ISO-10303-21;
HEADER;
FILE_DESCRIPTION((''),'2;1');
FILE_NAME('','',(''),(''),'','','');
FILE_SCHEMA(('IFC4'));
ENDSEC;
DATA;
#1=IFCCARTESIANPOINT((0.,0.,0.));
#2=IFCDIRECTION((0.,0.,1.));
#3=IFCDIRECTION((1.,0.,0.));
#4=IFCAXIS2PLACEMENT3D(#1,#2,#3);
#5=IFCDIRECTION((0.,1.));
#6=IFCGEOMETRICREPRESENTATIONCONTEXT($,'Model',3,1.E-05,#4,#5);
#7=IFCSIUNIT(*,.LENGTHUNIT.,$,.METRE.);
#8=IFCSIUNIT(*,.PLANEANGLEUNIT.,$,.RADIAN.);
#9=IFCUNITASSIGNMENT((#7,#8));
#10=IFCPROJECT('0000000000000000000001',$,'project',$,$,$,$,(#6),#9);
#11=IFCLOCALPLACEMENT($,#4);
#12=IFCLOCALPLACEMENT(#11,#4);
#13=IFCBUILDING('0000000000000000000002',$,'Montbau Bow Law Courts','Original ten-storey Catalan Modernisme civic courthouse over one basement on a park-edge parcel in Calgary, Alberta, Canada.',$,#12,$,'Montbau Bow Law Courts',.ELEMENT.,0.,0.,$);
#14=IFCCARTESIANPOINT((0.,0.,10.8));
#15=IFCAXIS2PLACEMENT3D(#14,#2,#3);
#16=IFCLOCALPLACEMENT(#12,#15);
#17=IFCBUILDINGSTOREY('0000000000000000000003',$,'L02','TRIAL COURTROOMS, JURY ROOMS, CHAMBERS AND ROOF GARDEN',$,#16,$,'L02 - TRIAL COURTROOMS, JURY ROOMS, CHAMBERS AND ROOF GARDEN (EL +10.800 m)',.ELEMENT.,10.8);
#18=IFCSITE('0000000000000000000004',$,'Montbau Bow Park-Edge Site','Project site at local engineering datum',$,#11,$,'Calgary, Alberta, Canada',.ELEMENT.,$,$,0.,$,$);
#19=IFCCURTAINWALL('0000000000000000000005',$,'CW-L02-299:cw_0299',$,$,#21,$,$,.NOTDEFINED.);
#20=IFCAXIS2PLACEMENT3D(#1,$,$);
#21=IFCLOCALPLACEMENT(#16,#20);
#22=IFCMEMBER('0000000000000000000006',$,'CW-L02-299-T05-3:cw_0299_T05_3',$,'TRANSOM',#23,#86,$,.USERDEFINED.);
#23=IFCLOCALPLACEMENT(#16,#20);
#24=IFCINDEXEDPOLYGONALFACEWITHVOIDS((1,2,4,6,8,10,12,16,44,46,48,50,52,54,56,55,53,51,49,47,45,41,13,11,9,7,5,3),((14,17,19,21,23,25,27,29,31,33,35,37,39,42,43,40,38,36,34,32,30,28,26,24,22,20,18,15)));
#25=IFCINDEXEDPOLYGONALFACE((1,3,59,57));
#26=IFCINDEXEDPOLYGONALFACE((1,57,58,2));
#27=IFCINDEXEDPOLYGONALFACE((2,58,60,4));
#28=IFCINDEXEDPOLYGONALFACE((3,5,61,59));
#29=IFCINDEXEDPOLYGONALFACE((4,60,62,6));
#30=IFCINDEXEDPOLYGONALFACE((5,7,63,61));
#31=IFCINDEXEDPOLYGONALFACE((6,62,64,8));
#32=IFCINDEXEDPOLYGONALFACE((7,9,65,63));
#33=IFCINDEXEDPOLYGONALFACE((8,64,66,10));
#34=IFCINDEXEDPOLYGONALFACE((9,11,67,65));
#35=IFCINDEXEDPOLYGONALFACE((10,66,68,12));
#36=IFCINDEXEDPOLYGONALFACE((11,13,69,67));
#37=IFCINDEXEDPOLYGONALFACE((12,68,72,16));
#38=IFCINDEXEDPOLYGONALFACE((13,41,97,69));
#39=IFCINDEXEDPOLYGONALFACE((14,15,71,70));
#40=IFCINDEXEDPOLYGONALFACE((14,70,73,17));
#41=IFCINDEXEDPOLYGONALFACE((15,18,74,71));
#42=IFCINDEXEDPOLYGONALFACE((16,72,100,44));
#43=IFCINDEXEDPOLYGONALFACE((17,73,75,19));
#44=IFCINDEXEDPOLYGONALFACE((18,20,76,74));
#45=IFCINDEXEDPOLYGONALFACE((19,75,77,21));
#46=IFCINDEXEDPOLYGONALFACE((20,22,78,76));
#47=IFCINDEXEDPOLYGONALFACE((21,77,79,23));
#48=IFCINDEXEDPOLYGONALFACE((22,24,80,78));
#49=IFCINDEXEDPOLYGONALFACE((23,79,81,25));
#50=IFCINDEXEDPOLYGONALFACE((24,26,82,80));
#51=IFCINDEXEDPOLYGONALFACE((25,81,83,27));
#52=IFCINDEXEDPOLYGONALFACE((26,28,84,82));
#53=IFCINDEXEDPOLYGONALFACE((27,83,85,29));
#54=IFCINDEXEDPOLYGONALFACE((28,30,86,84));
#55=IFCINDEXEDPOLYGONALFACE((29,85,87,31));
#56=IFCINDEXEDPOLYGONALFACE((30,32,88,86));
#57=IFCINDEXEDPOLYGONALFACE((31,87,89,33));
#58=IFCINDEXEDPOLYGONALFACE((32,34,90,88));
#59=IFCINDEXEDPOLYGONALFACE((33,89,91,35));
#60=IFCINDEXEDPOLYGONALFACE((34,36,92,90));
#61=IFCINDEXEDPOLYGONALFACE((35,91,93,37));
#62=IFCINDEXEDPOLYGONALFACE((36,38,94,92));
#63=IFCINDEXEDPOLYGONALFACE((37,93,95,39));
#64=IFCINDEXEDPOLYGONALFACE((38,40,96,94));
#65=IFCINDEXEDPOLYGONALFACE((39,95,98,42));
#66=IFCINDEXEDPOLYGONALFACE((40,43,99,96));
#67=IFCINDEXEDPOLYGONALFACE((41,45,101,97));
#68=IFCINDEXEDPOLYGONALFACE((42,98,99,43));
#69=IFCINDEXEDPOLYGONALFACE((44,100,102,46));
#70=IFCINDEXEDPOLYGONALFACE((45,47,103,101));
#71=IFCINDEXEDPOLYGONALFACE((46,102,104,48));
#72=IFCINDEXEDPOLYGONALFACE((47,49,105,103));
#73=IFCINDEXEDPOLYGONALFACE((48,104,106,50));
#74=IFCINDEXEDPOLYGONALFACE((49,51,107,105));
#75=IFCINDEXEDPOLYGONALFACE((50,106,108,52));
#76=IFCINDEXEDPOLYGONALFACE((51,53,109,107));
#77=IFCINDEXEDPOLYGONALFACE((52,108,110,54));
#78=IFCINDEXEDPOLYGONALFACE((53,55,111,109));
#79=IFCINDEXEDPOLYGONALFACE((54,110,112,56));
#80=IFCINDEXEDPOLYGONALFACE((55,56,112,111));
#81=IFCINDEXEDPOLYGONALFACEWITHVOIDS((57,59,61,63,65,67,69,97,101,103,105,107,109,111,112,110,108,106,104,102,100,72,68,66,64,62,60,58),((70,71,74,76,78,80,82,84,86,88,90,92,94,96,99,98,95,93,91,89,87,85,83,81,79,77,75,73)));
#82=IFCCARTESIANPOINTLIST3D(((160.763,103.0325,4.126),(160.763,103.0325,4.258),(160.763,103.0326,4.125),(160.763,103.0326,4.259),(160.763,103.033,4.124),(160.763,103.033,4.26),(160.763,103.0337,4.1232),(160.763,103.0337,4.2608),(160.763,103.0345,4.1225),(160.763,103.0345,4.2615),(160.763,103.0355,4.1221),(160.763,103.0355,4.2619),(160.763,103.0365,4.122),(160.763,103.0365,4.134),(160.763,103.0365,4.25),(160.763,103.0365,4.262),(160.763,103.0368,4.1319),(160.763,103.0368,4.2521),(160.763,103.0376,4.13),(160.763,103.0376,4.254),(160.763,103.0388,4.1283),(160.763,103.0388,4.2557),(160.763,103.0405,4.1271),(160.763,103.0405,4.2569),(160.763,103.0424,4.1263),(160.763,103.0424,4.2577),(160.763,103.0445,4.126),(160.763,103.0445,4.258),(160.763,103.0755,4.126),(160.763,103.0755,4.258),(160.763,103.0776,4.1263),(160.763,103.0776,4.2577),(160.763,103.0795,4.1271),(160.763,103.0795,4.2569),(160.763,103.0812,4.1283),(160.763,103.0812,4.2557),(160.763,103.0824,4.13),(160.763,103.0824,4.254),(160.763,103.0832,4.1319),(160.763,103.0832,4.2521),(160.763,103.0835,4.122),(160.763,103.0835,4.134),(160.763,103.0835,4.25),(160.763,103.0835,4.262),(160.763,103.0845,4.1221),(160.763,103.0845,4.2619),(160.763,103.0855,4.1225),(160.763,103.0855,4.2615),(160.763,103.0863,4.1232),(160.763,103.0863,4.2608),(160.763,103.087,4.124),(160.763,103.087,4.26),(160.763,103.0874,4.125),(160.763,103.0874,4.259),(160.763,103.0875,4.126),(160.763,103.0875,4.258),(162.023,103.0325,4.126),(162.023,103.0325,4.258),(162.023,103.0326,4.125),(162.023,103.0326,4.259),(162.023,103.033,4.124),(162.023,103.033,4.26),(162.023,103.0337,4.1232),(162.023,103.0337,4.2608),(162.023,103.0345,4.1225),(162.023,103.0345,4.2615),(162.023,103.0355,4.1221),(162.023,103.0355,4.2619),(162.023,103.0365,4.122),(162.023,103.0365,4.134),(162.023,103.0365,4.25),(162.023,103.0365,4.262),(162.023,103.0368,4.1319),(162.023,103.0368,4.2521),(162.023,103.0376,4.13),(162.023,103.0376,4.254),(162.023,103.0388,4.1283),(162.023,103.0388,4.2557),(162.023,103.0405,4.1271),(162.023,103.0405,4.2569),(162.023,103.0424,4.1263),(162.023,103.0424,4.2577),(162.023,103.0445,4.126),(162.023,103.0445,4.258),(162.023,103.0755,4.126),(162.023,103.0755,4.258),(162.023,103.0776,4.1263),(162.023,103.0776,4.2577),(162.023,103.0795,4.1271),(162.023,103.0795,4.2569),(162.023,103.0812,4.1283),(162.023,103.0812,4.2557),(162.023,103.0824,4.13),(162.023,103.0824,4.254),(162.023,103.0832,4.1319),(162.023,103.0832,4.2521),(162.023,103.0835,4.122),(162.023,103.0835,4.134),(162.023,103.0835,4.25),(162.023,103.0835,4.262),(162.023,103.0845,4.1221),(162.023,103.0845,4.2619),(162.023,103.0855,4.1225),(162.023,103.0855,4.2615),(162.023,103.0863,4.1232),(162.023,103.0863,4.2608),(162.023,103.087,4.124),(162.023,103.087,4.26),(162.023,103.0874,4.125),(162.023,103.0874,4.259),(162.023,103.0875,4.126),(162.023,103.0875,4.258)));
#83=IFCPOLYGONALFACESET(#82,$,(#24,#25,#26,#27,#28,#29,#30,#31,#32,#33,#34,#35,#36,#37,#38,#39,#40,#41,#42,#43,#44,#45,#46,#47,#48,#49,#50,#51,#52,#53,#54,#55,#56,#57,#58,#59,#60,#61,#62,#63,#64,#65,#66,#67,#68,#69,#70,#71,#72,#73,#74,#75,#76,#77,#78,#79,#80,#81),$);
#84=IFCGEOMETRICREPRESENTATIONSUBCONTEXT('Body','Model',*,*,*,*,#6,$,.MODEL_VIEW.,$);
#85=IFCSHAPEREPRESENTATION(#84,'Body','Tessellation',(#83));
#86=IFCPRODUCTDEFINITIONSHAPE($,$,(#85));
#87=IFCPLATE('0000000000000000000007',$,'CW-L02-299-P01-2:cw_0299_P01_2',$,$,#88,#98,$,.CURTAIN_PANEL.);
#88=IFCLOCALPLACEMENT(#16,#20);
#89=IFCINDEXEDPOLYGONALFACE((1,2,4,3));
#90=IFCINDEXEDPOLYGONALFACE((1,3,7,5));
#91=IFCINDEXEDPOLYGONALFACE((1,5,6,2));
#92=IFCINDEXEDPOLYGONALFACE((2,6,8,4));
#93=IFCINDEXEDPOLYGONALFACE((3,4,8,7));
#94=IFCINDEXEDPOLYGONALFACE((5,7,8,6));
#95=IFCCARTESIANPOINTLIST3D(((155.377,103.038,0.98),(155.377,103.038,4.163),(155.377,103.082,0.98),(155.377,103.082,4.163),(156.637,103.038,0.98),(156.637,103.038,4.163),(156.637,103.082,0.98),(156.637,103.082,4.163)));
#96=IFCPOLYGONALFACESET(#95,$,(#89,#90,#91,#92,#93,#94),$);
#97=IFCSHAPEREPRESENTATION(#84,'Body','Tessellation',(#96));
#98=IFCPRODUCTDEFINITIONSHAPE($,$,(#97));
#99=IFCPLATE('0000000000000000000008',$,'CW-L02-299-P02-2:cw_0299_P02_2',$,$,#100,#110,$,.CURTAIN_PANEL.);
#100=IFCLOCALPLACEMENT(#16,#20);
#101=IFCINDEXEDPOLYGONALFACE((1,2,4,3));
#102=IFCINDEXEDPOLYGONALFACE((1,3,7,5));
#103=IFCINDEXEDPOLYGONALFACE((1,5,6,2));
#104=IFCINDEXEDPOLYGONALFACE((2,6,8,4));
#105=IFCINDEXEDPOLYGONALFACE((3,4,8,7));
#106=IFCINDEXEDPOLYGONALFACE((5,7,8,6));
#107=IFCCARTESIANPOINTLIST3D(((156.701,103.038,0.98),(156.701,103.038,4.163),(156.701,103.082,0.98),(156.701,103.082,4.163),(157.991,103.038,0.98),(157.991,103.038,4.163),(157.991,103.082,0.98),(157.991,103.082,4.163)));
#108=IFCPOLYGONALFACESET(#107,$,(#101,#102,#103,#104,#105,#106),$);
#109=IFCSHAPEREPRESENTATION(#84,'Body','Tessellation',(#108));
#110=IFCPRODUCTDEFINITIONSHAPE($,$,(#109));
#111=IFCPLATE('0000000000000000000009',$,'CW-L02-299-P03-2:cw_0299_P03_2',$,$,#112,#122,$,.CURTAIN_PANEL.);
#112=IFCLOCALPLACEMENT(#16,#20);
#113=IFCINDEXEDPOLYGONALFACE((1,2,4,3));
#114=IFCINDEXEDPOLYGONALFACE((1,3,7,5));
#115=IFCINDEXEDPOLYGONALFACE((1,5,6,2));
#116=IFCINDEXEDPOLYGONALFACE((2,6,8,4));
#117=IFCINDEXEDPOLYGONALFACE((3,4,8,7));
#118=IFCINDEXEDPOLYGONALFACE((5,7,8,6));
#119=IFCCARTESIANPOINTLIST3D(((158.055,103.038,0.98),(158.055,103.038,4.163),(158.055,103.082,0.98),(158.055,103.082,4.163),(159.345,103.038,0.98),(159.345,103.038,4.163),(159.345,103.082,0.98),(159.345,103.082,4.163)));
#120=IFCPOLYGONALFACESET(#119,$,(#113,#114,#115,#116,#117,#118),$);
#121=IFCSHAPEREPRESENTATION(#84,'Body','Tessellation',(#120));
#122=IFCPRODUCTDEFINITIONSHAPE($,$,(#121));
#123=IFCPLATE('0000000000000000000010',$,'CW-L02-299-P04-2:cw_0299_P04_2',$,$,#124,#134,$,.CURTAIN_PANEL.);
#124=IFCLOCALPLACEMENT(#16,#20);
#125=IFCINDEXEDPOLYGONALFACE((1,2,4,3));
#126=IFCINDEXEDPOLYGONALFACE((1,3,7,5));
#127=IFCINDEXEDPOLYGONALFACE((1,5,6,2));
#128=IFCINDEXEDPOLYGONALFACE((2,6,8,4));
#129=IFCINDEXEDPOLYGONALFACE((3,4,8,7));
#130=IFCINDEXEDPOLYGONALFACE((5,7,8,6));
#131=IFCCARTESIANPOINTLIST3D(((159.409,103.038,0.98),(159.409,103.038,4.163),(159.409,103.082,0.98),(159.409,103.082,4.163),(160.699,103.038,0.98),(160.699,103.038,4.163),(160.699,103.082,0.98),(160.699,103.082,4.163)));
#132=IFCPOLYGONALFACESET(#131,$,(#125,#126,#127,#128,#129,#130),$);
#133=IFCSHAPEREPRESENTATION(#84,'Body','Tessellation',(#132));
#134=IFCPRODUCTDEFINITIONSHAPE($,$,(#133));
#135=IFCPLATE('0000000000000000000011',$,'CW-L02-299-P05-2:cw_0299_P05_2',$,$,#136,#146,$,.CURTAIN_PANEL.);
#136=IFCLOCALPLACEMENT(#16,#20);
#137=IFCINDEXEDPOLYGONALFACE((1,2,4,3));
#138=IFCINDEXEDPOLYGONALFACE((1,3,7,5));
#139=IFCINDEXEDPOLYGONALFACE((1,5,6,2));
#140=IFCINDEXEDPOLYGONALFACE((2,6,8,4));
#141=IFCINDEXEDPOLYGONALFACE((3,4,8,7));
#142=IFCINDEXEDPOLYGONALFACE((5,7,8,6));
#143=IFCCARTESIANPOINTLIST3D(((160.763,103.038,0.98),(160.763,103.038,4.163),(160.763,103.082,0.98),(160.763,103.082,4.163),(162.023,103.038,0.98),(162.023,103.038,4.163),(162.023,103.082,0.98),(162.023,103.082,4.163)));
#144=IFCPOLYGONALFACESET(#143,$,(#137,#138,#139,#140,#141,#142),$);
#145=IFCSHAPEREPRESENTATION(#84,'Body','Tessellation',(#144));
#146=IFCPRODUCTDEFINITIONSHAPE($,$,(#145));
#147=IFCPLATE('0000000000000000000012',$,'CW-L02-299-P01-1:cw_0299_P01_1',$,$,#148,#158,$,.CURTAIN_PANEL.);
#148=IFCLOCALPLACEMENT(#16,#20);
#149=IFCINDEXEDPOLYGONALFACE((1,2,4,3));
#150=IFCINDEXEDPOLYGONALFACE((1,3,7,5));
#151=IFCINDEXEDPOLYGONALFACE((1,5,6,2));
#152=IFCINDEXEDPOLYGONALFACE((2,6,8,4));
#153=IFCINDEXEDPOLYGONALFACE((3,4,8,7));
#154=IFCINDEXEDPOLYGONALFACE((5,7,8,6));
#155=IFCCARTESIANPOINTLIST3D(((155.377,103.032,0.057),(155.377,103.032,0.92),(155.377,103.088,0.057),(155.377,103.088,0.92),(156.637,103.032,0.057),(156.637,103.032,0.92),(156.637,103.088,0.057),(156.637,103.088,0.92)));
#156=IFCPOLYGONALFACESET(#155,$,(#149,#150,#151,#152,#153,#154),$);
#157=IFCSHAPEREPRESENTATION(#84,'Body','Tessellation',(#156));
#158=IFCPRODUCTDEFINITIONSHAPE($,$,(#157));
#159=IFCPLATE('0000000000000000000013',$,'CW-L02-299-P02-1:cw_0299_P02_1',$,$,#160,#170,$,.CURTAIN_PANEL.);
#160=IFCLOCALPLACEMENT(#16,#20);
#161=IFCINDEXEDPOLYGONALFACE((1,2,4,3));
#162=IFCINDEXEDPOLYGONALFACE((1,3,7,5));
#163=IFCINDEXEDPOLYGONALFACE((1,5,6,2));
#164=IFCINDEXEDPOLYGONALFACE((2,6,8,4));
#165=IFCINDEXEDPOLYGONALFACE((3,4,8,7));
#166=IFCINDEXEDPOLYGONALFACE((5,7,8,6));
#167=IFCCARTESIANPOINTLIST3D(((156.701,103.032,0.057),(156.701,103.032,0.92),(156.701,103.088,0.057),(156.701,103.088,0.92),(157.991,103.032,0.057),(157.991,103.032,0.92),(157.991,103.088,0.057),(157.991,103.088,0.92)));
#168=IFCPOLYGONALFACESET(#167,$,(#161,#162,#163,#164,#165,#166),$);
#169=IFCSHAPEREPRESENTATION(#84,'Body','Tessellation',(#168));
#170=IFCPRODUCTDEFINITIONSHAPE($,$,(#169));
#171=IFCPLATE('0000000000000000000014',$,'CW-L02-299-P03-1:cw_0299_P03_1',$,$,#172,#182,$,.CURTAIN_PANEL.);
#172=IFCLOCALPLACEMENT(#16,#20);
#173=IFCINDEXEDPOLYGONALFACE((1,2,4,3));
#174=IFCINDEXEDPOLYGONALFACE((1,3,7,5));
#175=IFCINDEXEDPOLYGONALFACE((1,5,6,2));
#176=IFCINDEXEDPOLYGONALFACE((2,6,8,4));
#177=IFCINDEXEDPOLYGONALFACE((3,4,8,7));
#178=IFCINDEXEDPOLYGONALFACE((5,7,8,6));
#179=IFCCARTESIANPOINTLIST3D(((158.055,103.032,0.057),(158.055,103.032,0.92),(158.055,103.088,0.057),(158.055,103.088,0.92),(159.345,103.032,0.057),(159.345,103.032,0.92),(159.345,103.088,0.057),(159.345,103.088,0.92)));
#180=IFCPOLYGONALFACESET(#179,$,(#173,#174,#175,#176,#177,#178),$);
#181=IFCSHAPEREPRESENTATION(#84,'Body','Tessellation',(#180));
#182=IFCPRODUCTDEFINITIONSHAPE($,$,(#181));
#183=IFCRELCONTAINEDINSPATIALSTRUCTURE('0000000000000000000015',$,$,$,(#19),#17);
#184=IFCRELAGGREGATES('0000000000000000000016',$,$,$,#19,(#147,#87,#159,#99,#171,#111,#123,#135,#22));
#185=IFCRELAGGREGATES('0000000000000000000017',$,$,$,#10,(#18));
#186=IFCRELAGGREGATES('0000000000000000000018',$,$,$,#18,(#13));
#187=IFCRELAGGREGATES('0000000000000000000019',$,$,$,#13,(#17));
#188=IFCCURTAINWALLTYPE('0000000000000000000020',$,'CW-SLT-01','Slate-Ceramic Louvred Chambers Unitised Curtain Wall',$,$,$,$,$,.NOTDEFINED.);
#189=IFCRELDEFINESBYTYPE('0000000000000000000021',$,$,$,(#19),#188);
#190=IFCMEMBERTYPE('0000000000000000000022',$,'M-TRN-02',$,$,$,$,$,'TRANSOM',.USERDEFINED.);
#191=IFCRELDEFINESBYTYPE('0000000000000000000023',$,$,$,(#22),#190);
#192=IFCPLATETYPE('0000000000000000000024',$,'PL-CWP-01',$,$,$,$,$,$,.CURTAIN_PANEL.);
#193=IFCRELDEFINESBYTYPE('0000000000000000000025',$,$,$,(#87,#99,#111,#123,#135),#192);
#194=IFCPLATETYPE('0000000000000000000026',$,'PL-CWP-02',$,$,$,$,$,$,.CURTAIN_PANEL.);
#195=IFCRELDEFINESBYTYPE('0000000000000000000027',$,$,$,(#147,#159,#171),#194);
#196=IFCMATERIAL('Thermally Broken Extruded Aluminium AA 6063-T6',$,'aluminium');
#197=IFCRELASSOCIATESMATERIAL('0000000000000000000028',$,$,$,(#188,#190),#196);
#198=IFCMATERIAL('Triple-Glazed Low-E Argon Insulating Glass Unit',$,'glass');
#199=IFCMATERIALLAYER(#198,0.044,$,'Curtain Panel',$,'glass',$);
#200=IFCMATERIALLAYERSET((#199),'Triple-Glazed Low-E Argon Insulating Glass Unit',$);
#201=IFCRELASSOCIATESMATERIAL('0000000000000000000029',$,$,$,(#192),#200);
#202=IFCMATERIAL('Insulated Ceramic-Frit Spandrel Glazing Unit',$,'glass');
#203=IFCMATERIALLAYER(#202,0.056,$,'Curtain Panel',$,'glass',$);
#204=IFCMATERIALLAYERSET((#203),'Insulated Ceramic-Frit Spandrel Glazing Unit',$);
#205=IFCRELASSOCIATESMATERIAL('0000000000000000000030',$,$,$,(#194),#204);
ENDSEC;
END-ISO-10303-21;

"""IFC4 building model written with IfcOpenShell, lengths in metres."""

from ifc_helpers import new_model, si_unit, direction, frame, frame_2d, origin_with_axes, origin_2d_with_axis, place, context, subcontext, project, spatial, rectangle, hollow_rectangle, extrude, material, layer, layer_set, material_profile, profile_set, type_object, element, aggregate, save


model = new_model("IFC4")

# Units and contexts
model_context = context("Model", 3, precision=1e-05, world=origin_with_axes(), true_north=direction((0.0, 1.0)))
body_context = subcontext(model_context, "Body", "Model", "MODEL_VIEW")
ifc_project = project(units=[si_unit("LENGTHUNIT", "METRE"), si_unit("PLANEANGLEUNIT", "RADIAN")], contexts=[model_context])

# Site, building, storey
site_placement = place(None, origin_with_axes())
site = spatial("IfcSite", under=ifc_project, at=site_placement, Name="Montbau Bow Park-Edge Site", Description="Project site at local engineering datum", LongName="Calgary, Alberta, Canada", CompositionType="ELEMENT", RefElevation=0.0)
building_placement = place(site_placement, origin_with_axes())
building = spatial("IfcBuilding", under=site, at=building_placement, Name="Montbau Bow Law Courts", Description="Original ten-storey Catalan Modernisme civic courthouse over one basement on a park-edge parcel in Calgary, Alberta, Canada.", LongName="Montbau Bow Law Courts", CompositionType="ELEMENT", ElevationOfRefHeight=0.0, ElevationOfTerrain=0.0)
storey_placement = place(building_placement, frame((0.0, 0.0, 10.8), z_axis=(0.0, 0.0, 1.0), x_axis=(1.0, 0.0, 0.0)))
storey = spatial("IfcBuildingStorey", under=building, at=storey_placement, Name="L02", Description="TRIAL COURTROOMS, JURY ROOMS, CHAMBERS AND ROOF GARDEN", LongName="L02 - TRIAL COURTROOMS, JURY ROOMS, CHAMBERS AND ROOF GARDEN (EL +10.800 m)", CompositionType="ELEMENT", Elevation=10.8)

# Curtain wall, member, plates
ifc_material_1 = material(Name="Thermally Broken Extruded Aluminium AA 6063-T6", Category="aluminium")
curtain_wall_type = type_object("IfcCurtainWallType", Name="CW-SLT-01", Description="Slate-Ceramic Louvred Chambers Unitised Curtain Wall", PredefinedType="NOTDEFINED", material=ifc_material_1)
curtain_wall_placement = place(None, frame((155.315, 103.06, 10.8), z_axis=(0.0, 0.0, 1.0), x_axis=(1.0, 0.0, 0.0)))
curtain_wall = element("IfcCurtainWall", 1, at=curtain_wall_placement, inside=storey, type_object=curtain_wall_type, Name="CW-L02-299:cw_0299", PredefinedType="NOTDEFINED")
ifc_material_profile_1 = material_profile(ifc_material_1, hollow_rectangle(XDim=0.055, YDim=0.14, WallThickness=0.004, InnerFilletRadius=0.008, OuterFilletRadius=0.004, at=origin_2d_with_axis()), Name="CWT-140X55", Category="Main", Priority=0)
ifc_profile_set_1 = profile_set([ifc_material_profile_1], Name="Thermally Broken Extruded Aluminium AA 6063-T6")
member_type_1 = type_object("IfcMemberType", Name="M-TRN-02", ElementType="TRANSOM", PredefinedType="USERDEFINED", material=ifc_profile_set_1)
member_1_placement = place(None, frame((160.763, 103.06, 14.992), z_axis=(1.0, 0.0, 0.0), x_axis=(0.0, 1.0, 0.0)))
member_1 = element("IfcMember", 2, at=member_1_placement, type_object=member_type_1, Name="CW-L02-299-T05-3:cw_0299_T05_3", ObjectType="TRANSOM", PredefinedType="USERDEFINED", context=body_context, shape_type="SweptSolid", body=[
    extrude(hollow_rectangle(XDim=0.055, YDim=0.14, WallThickness=0.004, InnerFilletRadius=0.008, OuterFilletRadius=0.004, at=origin_2d_with_axis()), origin_with_axes(), (0.0, 0.0, 1.0), 1.26),
])
ifc_material_2 = material(Name="Triple-Glazed Low-E Argon Insulating Glass Unit", Category="glass")
ifc_layer_1 = layer(ifc_material_2, 0.044, Name="Curtain Panel", Category="glass")
ifc_layer_set_1 = layer_set([ifc_layer_1], Name="Triple-Glazed Low-E Argon Insulating Glass Unit")
plate_type_1 = type_object("IfcPlateType", Name="PL-CWP-01", PredefinedType="CURTAIN_PANEL", material=ifc_layer_set_1)
plate_1_placement = place(None, frame((155.377, 103.06, 11.78), z_axis=(0.0, -1.0, 0.0), x_axis=(1.0, 0.0, 0.0)))
plate_1 = element("IfcPlate", 3, at=plate_1_placement, type_object=plate_type_1, Name="CW-L02-299-P01-2:cw_0299_P01_2", PredefinedType="CURTAIN_PANEL", context=body_context, shape_type="SweptSolid", body=[
    extrude(rectangle(XDim=1.26, YDim=3.183, at=frame_2d((0.63, 1.5915), x_axis=(1.0, 0.0))), frame((0.0, 0.0, -0.022), z_axis=(0.0, 0.0, 1.0), x_axis=(1.0, 0.0, 0.0)), (0.0, 0.0, 1.0), 0.044),
])
plate_2_placement = place(None, frame((156.701, 103.06, 11.78), z_axis=(0.0, -1.0, 0.0), x_axis=(1.0, 0.0, 0.0)))
plate_2 = element("IfcPlate", 4, at=plate_2_placement, type_object=plate_type_1, Name="CW-L02-299-P02-2:cw_0299_P02_2", PredefinedType="CURTAIN_PANEL", context=body_context, shape_type="SweptSolid", body=[
    extrude(rectangle(XDim=1.29, YDim=3.183, at=frame_2d((0.645, 1.5915), x_axis=(1.0, 0.0))), frame((0.0, 0.0, -0.022), z_axis=(0.0, 0.0, 1.0), x_axis=(1.0, 0.0, 0.0)), (0.0, 0.0, 1.0), 0.044),
])
plate_3_placement = place(None, frame((158.055, 103.06, 11.78), z_axis=(0.0, -1.0, 0.0), x_axis=(1.0, 0.0, 0.0)))
plate_3 = element("IfcPlate", 5, at=plate_3_placement, type_object=plate_type_1, Name="CW-L02-299-P03-2:cw_0299_P03_2", PredefinedType="CURTAIN_PANEL", context=body_context, shape_type="SweptSolid", body=[
    extrude(rectangle(XDim=1.29, YDim=3.183, at=frame_2d((0.645, 1.5915), x_axis=(1.0, 0.0))), frame((0.0, 0.0, -0.022), z_axis=(0.0, 0.0, 1.0), x_axis=(1.0, 0.0, 0.0)), (0.0, 0.0, 1.0), 0.044),
])
plate_4_placement = place(None, frame((159.409, 103.06, 11.78), z_axis=(0.0, -1.0, 0.0), x_axis=(1.0, 0.0, 0.0)))
plate_4 = element("IfcPlate", 6, at=plate_4_placement, type_object=plate_type_1, Name="CW-L02-299-P04-2:cw_0299_P04_2", PredefinedType="CURTAIN_PANEL", context=body_context, shape_type="SweptSolid", body=[
    extrude(rectangle(XDim=1.29, YDim=3.183, at=frame_2d((0.645, 1.5915), x_axis=(1.0, 0.0))), frame((0.0, 0.0, -0.022), z_axis=(0.0, 0.0, 1.0), x_axis=(1.0, 0.0, 0.0)), (0.0, 0.0, 1.0), 0.044),
])
plate_5_placement = place(None, frame((160.763, 103.06, 11.78), z_axis=(0.0, -1.0, 0.0), x_axis=(1.0, 0.0, 0.0)))
plate_5 = element("IfcPlate", 7, at=plate_5_placement, type_object=plate_type_1, Name="CW-L02-299-P05-2:cw_0299_P05_2", PredefinedType="CURTAIN_PANEL", context=body_context, shape_type="SweptSolid", body=[
    extrude(rectangle(XDim=1.26, YDim=3.183, at=frame_2d((0.63, 1.5915), x_axis=(1.0, 0.0))), frame((0.0, 0.0, -0.022), z_axis=(0.0, 0.0, 1.0), x_axis=(1.0, 0.0, 0.0)), (0.0, 0.0, 1.0), 0.044),
])
ifc_material_3 = material(Name="Insulated Ceramic-Frit Spandrel Glazing Unit", Category="glass")
ifc_layer_2 = layer(ifc_material_3, 0.056, Name="Curtain Panel", Category="glass")
ifc_layer_set_2 = layer_set([ifc_layer_2], Name="Insulated Ceramic-Frit Spandrel Glazing Unit")
plate_type_2 = type_object("IfcPlateType", Name="PL-CWP-02", PredefinedType="CURTAIN_PANEL", material=ifc_layer_set_2)
plate_6_placement = place(None, frame((155.377, 103.06, 10.857), z_axis=(0.0, -1.0, 0.0), x_axis=(1.0, 0.0, 0.0)))
plate_6 = element("IfcPlate", 8, at=plate_6_placement, type_object=plate_type_2, Name="CW-L02-299-P01-1:cw_0299_P01_1", PredefinedType="CURTAIN_PANEL", context=body_context, shape_type="SweptSolid", body=[
    extrude(rectangle(XDim=1.26, YDim=0.863, at=frame_2d((0.63, 0.4315), x_axis=(1.0, 0.0))), frame((0.0, 0.0, -0.028), z_axis=(0.0, 0.0, 1.0), x_axis=(1.0, 0.0, 0.0)), (0.0, 0.0, 1.0), 0.056),
])
plate_7_placement = place(None, frame((156.701, 103.06, 10.857), z_axis=(0.0, -1.0, 0.0), x_axis=(1.0, 0.0, 0.0)))
plate_7 = element("IfcPlate", 9, at=plate_7_placement, type_object=plate_type_2, Name="CW-L02-299-P02-1:cw_0299_P02_1", PredefinedType="CURTAIN_PANEL", context=body_context, shape_type="SweptSolid", body=[
    extrude(rectangle(XDim=1.29, YDim=0.863, at=frame_2d((0.645, 0.4315), x_axis=(1.0, 0.0))), frame((0.0, 0.0, -0.028), z_axis=(0.0, 0.0, 1.0), x_axis=(1.0, 0.0, 0.0)), (0.0, 0.0, 1.0), 0.056),
])
plate_8_placement = place(None, frame((158.055, 103.06, 10.857), z_axis=(0.0, -1.0, 0.0), x_axis=(1.0, 0.0, 0.0)))
plate_8 = element("IfcPlate", 10, at=plate_8_placement, type_object=plate_type_2, Name="CW-L02-299-P03-1:cw_0299_P03_1", PredefinedType="CURTAIN_PANEL", context=body_context, shape_type="SweptSolid", body=[
    extrude(rectangle(XDim=1.29, YDim=0.863, at=frame_2d((0.645, 0.4315), x_axis=(1.0, 0.0))), frame((0.0, 0.0, -0.028), z_axis=(0.0, 0.0, 1.0), x_axis=(1.0, 0.0, 0.0)), (0.0, 0.0, 1.0), 0.056),
])
aggregate(curtain_wall, [plate_6, plate_1, plate_7, plate_2, plate_8, plate_3, plate_4, plate_5, member_1])

save(model, "model.ifc")
